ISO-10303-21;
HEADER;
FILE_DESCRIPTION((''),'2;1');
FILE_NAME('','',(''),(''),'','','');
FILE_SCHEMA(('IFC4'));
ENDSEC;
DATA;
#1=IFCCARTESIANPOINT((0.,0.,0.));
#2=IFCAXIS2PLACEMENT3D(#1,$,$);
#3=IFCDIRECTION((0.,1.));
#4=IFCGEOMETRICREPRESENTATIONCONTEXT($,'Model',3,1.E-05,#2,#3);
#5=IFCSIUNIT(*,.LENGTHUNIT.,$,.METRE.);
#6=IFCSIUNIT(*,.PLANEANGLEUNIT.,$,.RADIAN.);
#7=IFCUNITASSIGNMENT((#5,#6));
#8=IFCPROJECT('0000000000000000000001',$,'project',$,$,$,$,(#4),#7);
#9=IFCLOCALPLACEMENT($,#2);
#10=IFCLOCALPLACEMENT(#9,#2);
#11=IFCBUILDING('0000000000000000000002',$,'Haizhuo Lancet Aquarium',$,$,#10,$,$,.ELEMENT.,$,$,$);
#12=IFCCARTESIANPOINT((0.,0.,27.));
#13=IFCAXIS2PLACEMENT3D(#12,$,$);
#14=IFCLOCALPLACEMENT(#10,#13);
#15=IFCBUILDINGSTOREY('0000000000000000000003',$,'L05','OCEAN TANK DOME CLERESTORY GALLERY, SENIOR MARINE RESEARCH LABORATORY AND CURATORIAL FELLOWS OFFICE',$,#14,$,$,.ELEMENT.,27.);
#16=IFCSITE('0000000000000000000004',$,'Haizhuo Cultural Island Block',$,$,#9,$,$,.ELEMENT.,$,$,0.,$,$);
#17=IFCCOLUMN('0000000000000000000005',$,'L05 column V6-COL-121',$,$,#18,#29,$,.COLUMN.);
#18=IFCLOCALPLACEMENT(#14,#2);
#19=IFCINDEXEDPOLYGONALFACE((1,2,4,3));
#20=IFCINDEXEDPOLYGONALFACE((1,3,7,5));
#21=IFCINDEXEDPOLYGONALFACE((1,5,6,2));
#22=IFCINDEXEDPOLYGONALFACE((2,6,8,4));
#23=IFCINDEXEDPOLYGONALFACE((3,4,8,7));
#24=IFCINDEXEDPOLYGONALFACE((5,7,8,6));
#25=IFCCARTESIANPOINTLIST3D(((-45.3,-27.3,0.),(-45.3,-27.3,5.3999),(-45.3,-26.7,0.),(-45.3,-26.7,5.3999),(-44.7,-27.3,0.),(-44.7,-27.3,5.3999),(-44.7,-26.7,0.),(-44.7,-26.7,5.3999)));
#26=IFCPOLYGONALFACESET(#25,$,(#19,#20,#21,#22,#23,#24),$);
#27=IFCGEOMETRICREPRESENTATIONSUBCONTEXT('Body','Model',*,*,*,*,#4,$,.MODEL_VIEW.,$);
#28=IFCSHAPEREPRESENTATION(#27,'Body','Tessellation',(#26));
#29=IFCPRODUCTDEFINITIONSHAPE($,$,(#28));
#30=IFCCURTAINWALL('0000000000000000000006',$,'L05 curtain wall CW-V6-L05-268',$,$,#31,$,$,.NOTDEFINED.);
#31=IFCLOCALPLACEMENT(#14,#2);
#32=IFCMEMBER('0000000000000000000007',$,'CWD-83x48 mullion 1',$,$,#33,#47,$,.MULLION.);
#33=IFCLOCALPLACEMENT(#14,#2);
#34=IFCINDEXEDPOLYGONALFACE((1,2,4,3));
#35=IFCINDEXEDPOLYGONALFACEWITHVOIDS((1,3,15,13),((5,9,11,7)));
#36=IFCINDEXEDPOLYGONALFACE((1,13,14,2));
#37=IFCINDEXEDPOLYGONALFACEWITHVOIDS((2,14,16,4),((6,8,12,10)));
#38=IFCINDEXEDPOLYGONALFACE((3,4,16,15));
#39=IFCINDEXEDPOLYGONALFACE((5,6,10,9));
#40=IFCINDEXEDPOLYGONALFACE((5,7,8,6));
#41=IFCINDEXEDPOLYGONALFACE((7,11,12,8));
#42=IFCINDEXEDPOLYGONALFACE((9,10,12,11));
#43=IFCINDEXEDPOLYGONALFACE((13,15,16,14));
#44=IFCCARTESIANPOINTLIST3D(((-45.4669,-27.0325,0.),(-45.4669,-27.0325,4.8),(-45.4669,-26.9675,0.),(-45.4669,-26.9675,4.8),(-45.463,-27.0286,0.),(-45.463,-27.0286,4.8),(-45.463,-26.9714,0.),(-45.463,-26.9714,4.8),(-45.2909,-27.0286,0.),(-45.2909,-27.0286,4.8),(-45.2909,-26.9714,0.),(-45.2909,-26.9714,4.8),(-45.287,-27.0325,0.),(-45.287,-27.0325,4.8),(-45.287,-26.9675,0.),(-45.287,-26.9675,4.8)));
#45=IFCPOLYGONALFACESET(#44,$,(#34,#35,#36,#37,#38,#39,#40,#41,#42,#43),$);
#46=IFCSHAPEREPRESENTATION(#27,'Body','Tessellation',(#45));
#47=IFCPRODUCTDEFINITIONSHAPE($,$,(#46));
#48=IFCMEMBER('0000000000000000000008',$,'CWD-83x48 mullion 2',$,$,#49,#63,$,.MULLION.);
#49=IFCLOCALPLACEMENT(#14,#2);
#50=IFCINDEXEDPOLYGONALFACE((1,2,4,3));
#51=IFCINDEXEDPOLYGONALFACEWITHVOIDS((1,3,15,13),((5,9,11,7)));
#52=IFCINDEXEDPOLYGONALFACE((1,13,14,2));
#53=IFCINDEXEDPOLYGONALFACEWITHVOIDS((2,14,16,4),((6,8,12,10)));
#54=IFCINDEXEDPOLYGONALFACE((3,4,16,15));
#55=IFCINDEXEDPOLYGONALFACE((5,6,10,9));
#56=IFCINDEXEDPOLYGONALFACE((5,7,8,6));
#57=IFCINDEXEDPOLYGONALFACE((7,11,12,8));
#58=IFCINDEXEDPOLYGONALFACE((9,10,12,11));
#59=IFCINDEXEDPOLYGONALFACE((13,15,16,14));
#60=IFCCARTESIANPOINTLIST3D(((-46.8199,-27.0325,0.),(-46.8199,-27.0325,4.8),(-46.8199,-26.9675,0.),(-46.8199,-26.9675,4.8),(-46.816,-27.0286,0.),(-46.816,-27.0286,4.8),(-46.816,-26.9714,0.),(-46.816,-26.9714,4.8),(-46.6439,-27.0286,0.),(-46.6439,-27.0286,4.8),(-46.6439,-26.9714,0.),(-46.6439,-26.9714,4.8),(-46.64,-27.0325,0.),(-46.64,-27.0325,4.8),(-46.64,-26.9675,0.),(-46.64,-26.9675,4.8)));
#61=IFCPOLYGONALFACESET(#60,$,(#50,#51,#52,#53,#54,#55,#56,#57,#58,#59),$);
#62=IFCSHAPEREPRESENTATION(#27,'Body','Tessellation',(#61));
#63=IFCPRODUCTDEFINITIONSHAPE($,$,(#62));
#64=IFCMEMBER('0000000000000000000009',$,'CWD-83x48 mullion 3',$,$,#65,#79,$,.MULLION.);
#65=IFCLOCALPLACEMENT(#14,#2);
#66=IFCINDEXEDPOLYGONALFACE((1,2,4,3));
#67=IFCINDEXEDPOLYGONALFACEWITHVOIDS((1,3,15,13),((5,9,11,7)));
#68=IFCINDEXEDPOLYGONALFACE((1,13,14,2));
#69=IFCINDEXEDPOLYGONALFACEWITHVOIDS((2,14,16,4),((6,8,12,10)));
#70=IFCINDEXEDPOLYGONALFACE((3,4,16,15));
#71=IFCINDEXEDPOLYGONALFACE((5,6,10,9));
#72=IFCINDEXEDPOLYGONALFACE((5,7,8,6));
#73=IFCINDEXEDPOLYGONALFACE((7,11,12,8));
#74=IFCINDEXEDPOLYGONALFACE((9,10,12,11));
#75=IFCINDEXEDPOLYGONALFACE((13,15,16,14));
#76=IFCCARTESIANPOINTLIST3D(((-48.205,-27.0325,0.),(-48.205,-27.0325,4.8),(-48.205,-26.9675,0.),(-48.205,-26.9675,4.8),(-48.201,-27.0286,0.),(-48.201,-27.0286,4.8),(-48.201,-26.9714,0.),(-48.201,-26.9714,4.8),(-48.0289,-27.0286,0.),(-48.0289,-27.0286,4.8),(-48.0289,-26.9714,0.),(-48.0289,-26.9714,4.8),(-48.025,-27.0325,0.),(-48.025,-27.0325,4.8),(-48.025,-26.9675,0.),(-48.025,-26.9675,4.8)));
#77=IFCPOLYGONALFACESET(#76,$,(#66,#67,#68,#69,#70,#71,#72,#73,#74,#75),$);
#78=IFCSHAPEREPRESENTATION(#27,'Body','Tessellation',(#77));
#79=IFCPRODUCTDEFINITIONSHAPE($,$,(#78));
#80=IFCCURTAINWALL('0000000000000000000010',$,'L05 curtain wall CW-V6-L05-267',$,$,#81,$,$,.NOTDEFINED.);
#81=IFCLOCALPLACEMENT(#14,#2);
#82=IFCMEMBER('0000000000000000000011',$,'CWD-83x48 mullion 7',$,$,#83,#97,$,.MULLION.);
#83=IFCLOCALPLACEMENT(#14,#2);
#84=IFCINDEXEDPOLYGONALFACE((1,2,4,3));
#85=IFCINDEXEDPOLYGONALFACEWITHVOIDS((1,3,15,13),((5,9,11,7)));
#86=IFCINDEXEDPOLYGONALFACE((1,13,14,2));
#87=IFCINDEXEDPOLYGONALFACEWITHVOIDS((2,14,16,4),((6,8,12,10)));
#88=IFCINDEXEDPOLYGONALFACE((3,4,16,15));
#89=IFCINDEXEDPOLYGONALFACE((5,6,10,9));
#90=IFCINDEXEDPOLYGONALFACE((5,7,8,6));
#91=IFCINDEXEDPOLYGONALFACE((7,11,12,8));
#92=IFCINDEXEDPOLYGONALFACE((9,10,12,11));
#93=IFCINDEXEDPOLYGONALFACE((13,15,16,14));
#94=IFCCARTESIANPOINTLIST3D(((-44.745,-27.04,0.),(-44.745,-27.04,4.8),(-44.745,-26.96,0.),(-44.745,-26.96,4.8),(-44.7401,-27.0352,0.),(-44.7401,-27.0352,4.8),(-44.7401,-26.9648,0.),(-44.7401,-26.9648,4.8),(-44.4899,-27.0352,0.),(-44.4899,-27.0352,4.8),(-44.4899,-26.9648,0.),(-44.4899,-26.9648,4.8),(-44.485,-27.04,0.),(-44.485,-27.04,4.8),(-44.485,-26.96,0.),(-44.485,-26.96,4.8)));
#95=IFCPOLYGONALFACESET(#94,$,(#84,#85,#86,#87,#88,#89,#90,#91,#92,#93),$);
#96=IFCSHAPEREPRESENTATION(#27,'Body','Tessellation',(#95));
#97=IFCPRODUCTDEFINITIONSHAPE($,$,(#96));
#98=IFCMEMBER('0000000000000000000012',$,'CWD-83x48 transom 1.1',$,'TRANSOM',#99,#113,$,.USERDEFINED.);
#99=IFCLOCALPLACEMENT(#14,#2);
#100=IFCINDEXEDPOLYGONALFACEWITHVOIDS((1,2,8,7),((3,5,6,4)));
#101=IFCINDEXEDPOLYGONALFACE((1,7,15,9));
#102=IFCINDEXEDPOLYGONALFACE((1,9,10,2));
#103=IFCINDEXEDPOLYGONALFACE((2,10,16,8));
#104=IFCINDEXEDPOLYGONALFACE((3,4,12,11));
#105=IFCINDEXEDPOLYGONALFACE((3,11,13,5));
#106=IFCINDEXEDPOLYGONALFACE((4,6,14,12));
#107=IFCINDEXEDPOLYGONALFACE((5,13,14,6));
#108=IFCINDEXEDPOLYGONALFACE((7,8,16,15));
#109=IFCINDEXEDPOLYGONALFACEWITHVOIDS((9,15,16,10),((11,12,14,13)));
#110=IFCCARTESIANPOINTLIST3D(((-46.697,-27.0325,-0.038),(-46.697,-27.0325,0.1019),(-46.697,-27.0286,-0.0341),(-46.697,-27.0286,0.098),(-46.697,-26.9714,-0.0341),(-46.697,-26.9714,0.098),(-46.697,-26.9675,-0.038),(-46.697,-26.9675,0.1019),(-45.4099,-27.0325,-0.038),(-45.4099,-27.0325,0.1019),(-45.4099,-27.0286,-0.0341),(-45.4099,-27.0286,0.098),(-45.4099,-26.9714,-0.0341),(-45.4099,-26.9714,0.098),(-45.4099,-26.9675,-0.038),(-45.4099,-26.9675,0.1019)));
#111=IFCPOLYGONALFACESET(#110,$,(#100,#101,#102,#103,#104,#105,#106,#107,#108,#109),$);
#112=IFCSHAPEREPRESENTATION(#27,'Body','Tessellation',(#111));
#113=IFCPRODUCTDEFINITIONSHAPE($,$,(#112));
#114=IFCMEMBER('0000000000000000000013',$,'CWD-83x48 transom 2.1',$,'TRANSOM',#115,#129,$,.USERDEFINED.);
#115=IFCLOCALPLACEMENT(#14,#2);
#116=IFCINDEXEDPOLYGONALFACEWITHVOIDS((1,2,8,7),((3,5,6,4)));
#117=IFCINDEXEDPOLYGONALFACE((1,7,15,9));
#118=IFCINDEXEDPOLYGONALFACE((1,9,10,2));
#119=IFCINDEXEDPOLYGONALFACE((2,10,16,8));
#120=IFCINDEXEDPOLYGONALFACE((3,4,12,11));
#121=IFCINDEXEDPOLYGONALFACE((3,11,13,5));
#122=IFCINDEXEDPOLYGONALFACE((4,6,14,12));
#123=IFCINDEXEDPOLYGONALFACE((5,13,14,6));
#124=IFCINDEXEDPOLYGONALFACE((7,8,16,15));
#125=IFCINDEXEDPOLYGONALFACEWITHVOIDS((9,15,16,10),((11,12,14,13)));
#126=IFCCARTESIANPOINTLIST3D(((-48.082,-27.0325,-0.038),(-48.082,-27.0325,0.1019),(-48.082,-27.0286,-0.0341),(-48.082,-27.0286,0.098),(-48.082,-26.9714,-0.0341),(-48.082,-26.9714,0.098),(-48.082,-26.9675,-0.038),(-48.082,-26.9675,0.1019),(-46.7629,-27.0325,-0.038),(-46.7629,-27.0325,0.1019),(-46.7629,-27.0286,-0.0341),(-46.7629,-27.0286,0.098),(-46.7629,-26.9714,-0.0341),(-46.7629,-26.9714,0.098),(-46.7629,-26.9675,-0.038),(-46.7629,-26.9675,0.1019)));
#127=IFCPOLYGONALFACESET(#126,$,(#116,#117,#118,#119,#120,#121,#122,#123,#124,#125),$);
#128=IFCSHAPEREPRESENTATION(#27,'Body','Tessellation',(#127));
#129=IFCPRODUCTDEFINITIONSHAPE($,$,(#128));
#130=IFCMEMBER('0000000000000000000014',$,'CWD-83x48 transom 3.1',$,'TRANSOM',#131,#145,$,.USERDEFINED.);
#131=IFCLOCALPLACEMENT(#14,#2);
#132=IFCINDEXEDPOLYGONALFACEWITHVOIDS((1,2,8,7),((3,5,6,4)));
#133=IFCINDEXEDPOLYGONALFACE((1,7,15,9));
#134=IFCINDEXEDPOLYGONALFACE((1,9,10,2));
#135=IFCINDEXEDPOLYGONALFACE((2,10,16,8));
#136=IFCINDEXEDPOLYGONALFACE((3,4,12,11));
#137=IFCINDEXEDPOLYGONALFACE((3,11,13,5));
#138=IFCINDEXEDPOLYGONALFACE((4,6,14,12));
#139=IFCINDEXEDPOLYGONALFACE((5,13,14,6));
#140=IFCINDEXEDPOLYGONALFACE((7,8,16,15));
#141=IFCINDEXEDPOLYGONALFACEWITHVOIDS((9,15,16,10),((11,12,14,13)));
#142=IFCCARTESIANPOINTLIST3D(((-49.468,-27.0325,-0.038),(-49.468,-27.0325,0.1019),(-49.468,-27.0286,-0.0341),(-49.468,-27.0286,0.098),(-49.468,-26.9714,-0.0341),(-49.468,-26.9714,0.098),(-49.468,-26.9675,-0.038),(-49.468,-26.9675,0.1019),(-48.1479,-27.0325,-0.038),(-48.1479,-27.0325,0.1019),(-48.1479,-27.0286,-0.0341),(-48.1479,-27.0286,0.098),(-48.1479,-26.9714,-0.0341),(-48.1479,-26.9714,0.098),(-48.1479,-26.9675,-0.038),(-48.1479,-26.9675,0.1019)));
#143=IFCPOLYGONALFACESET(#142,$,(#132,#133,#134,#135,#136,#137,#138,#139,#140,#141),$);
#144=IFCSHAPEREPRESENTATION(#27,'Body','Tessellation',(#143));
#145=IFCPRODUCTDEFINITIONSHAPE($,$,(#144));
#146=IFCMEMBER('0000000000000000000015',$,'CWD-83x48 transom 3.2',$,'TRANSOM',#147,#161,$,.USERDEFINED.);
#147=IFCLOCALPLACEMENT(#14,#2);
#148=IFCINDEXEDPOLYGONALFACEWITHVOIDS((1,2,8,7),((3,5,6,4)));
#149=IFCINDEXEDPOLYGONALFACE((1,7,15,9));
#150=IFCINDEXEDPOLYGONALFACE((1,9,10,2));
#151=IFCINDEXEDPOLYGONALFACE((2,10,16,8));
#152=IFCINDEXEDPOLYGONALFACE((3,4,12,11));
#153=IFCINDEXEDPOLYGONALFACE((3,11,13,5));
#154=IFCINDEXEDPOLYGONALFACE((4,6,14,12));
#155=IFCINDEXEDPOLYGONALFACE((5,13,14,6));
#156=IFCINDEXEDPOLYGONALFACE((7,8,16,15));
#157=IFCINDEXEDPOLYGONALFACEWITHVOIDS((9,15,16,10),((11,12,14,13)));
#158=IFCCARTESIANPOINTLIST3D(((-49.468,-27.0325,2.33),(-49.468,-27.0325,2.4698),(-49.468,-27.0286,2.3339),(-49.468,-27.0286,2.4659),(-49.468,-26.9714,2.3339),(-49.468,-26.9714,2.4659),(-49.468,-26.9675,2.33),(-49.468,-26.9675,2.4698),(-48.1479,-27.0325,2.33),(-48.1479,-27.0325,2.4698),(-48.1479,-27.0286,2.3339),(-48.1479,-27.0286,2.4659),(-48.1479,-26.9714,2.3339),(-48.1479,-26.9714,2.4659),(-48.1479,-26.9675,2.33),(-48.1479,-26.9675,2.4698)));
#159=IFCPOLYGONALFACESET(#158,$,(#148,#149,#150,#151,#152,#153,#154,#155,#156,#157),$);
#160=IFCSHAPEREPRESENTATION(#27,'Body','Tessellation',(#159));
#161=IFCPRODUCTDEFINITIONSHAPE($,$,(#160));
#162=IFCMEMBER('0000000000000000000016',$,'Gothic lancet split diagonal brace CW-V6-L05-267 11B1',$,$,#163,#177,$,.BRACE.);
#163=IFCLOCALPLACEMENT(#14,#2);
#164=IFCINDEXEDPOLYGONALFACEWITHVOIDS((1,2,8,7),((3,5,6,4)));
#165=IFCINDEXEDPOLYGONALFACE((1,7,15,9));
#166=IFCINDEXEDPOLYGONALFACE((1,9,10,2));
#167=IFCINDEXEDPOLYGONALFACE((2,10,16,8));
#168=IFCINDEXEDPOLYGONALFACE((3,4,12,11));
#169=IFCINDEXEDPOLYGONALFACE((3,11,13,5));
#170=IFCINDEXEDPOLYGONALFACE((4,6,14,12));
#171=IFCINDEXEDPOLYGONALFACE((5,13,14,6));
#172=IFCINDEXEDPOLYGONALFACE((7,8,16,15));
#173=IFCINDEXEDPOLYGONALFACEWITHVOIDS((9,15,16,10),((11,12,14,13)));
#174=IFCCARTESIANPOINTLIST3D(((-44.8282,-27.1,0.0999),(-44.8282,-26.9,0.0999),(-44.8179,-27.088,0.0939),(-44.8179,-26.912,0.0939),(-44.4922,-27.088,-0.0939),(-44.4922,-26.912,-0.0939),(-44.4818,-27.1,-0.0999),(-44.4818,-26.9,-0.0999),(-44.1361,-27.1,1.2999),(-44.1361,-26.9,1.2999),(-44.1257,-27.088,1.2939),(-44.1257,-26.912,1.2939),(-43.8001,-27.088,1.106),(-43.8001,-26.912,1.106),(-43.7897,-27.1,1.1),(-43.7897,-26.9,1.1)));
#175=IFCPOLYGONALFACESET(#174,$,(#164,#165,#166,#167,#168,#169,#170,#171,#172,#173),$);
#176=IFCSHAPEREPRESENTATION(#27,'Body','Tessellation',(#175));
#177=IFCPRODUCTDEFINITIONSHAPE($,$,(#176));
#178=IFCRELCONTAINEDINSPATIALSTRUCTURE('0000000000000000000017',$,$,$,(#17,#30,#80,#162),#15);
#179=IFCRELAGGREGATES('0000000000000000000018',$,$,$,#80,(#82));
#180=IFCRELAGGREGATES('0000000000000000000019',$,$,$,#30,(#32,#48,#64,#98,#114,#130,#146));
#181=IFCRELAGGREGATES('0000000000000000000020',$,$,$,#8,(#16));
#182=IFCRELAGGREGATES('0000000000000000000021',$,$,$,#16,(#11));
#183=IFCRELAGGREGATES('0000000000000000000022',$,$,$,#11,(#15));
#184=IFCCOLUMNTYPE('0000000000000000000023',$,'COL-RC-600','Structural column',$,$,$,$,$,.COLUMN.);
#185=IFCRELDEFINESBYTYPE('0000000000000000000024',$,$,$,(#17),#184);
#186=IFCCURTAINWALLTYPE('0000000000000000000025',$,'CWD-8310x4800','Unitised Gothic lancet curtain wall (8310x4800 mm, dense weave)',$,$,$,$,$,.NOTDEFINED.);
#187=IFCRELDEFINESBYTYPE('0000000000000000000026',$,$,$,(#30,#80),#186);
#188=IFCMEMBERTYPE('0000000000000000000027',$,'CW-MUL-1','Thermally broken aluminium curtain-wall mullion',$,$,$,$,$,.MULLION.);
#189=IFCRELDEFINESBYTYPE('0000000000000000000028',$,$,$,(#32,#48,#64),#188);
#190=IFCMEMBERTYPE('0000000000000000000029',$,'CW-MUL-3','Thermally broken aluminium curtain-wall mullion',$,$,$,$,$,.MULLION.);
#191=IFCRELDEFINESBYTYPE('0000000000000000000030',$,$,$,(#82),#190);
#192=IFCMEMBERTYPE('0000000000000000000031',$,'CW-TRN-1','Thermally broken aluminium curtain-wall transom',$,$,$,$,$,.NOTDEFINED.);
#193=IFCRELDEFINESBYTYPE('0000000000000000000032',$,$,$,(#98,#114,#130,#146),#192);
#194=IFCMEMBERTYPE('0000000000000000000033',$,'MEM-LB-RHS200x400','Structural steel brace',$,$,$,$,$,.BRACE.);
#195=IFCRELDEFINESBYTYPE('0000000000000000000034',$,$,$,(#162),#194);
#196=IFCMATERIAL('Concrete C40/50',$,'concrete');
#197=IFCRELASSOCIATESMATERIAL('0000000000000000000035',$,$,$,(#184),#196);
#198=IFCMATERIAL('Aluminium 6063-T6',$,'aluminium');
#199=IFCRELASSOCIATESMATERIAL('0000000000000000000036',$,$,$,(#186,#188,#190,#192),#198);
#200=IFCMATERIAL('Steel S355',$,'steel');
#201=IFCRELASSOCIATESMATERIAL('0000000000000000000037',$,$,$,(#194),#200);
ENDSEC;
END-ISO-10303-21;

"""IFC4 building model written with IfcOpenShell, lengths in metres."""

from ifc_helpers import new_model, si_unit, direction, frame, origin, origin_2d, place, context, subcontext, project, spatial, rectangle, hollow_rectangle, extrude, material, material_profile, profile_set, type_object, element, aggregate, save


model = new_model("IFC4")

# Units and contexts
model_context = context("Model", 3, precision=1e-05, world=origin(), true_north=direction((0.0, 1.0)))
body_context = subcontext(model_context, "Body", "Model", "MODEL_VIEW")
ifc_project = project(units=[si_unit("LENGTHUNIT", "METRE"), si_unit("PLANEANGLEUNIT", "RADIAN")], contexts=[model_context])

# Site, building, storey
site_placement = place(None, origin())
site = spatial("IfcSite", under=ifc_project, at=site_placement, Name="Haizhuo Cultural Island Block", CompositionType="ELEMENT", RefElevation=0.0)
building_placement = place(site_placement, origin())
building = spatial("IfcBuilding", under=site, at=building_placement, Name="Haizhuo Lancet Aquarium", CompositionType="ELEMENT")
storey_placement = place(building_placement, frame((0.0, 0.0, 27.0)))
storey = spatial("IfcBuildingStorey", under=building, at=storey_placement, Name="L05", Description="OCEAN TANK DOME CLERESTORY GALLERY, SENIOR MARINE RESEARCH LABORATORY AND CURATORIAL FELLOWS OFFICE", CompositionType="ELEMENT", Elevation=27.0)

# Column
ifc_material_1 = material(Name="Concrete C40/50", Category="concrete")
ifc_material_profile_1 = material_profile(ifc_material_1, rectangle(XDim=0.6001, YDim=0.6001, at=origin_2d()), Name="RC-COL 600x600")
ifc_profile_set_1 = profile_set([ifc_material_profile_1], Name="Concrete C40/50")
column_type = type_object("IfcColumnType", Name="COL-RC-600", Description="Structural column", PredefinedType="COLUMN", material=ifc_profile_set_1)
column_placement = place(storey_placement, frame((-45.0, -27.0, 0.0), z_axis=(0.0, 0.0, 1.0), x_axis=(1.0, 0.0, 0.0)))
element("IfcColumn", 1, at=column_placement, inside=storey, type_object=column_type, Name="L05 column V6-COL-121", PredefinedType="COLUMN", context=body_context, shape_type="SweptSolid", body=[
    extrude(rectangle(XDim=0.6001, YDim=0.6001, at=origin_2d()), origin(), (0.0, 0.0, 1.0), 5.3999),
])

# Curtain wall, members
ifc_material_2 = material(Name="Aluminium 6063-T6", Category="aluminium")
curtain_wall_type = type_object("IfcCurtainWallType", Name="CWD-8310x4800", Description="Unitised Gothic lancet curtain wall (8310x4800 mm, dense weave)", PredefinedType="NOTDEFINED", material=ifc_material_2)
curtain_wall_1_placement = place(storey_placement, origin())
curtain_wall_1 = element("IfcCurtainWall", 2, at=curtain_wall_1_placement, inside=storey, type_object=curtain_wall_type, Name="L05 curtain wall CW-V6-L05-268", PredefinedType="NOTDEFINED")
ifc_material_profile_2 = material_profile(ifc_material_2, hollow_rectangle(XDim=0.0649, YDim=0.1799, WallThickness=0.0039, at=origin_2d()), Name="ALU-M 65x180x4")
ifc_profile_set_2 = profile_set([ifc_material_profile_2], Name="Aluminium 6063-T6")
member_type_1 = type_object("IfcMemberType", Name="CW-MUL-1", Description="Thermally broken aluminium curtain-wall mullion", PredefinedType="MULLION", material=ifc_profile_set_2)
member_1_placement = place(storey_placement, frame((-45.377, -27.0, 0.0), z_axis=(0.0, 0.0, 1.0), x_axis=(0.0, -1.0, 0.0)))
member_1 = element("IfcMember", 3, at=member_1_placement, type_object=member_type_1, Name="CWD-83x48 mullion 1", PredefinedType="MULLION", context=body_context, shape_type="SweptSolid", body=[
    extrude(hollow_rectangle(XDim=0.0649, YDim=0.1799, WallThickness=0.0039, at=origin_2d()), origin(), (0.0, 0.0, 1.0), 4.8),
])
member_2_placement = place(storey_placement, frame((-46.73, -27.0, 0.0), z_axis=(0.0, 0.0, 1.0), x_axis=(0.0, -1.0, 0.0)))
member_2 = element("IfcMember", 4, at=member_2_placement, type_object=member_type_1, Name="CWD-83x48 mullion 2", PredefinedType="MULLION", context=body_context, shape_type="SweptSolid", body=[
    extrude(hollow_rectangle(XDim=0.0649, YDim=0.1799, WallThickness=0.0039, at=origin_2d()), origin(), (0.0, 0.0, 1.0), 4.8),
])
member_3_placement = place(storey_placement, frame((-48.115, -27.0, 0.0), z_axis=(0.0, 0.0, 1.0), x_axis=(0.0, -1.0, 0.0)))
member_3 = element("IfcMember", 5, at=member_3_placement, type_object=member_type_1, Name="CWD-83x48 mullion 3", PredefinedType="MULLION", context=body_context, shape_type="SweptSolid", body=[
    extrude(hollow_rectangle(XDim=0.0649, YDim=0.1799, WallThickness=0.0039, at=origin_2d()), origin(), (0.0, 0.0, 1.0), 4.8),
])

# Curtain wall, member
curtain_wall_2_placement = place(storey_placement, origin())
curtain_wall_2 = element("IfcCurtainWall", 6, at=curtain_wall_2_placement, inside=storey, type_object=curtain_wall_type, Name="L05 curtain wall CW-V6-L05-267", PredefinedType="NOTDEFINED")
ifc_material_profile_3 = material_profile(ifc_material_2, hollow_rectangle(XDim=0.0801, YDim=0.26, WallThickness=0.0049, at=origin_2d()), Name="ALU-M 80x260x5")
ifc_profile_set_3 = profile_set([ifc_material_profile_3], Name="Aluminium 6063-T6")
member_type_2 = type_object("IfcMemberType", Name="CW-MUL-3", Description="Thermally broken aluminium curtain-wall mullion", PredefinedType="MULLION", material=ifc_profile_set_3)
member_4_placement = place(storey_placement, frame((-44.615, -27.0, 0.0), z_axis=(0.0, 0.0, 1.0), x_axis=(0.0, -1.0, 0.0)))
member_4 = element("IfcMember", 7, at=member_4_placement, type_object=member_type_2, Name="CWD-83x48 mullion 7", PredefinedType="MULLION", context=body_context, shape_type="SweptSolid", body=[
    extrude(hollow_rectangle(XDim=0.0801, YDim=0.26, WallThickness=0.0049, at=origin_2d()), origin(), (0.0, 0.0, 1.0), 4.8),
])
aggregate(curtain_wall_2, [member_4])

# Members
ifc_material_profile_4 = material_profile(ifc_material_2, hollow_rectangle(XDim=0.0649, YDim=0.1399, WallThickness=0.0039, at=origin_2d()), Name="ALU-T 65x140x4")
ifc_profile_set_4 = profile_set([ifc_material_profile_4], Name="Aluminium 6063-T6")
member_type_3 = type_object("IfcMemberType", Name="CW-TRN-1", Description="Thermally broken aluminium curtain-wall transom", PredefinedType="NOTDEFINED", material=ifc_profile_set_4)
member_5_placement = place(storey_placement, frame((-45.4099, -27.0, 0.032), z_axis=(-1.0, 0.0, 0.0), x_axis=(0.0, -1.0, 0.0)))
member_5 = element("IfcMember", 8, at=member_5_placement, type_object=member_type_3, Name="CWD-83x48 transom 1.1", ObjectType="TRANSOM", PredefinedType="USERDEFINED", context=body_context, shape_type="SweptSolid", body=[
    extrude(hollow_rectangle(XDim=0.0649, YDim=0.1399, WallThickness=0.0039, at=origin_2d()), origin(), (0.0, 0.0, 1.0), 1.2871),
])
member_6_placement = place(storey_placement, frame((-46.7629, -27.0, 0.032), z_axis=(-1.0, 0.0, 0.0), x_axis=(0.0, -1.0, 0.0)))
member_6 = element("IfcMember", 9, at=member_6_placement, type_object=member_type_3, Name="CWD-83x48 transom 2.1", ObjectType="TRANSOM", PredefinedType="USERDEFINED", context=body_context, shape_type="SweptSolid", body=[
    extrude(hollow_rectangle(XDim=0.0649, YDim=0.1399, WallThickness=0.0039, at=origin_2d()), origin(), (0.0, 0.0, 1.0), 1.3191),
])
member_7_placement = place(storey_placement, frame((-48.1479, -27.0, 0.032), z_axis=(-1.0, 0.0, 0.0), x_axis=(0.0, -1.0, 0.0)))
member_7 = element("IfcMember", 10, at=member_7_placement, type_object=member_type_3, Name="CWD-83x48 transom 3.1", ObjectType="TRANSOM", PredefinedType="USERDEFINED", context=body_context, shape_type="SweptSolid", body=[
    extrude(hollow_rectangle(XDim=0.0649, YDim=0.1399, WallThickness=0.0039, at=origin_2d()), origin(), (0.0, 0.0, 1.0), 1.3201),
])
member_8_placement = place(storey_placement, frame((-48.1479, -27.0, 2.3999), z_axis=(-1.0, 0.0, 0.0), x_axis=(0.0, -1.0, 0.0)))
member_8 = element("IfcMember", 11, at=member_8_placement, type_object=member_type_3, Name="CWD-83x48 transom 3.2", ObjectType="TRANSOM", PredefinedType="USERDEFINED", context=body_context, shape_type="SweptSolid", body=[
    extrude(hollow_rectangle(XDim=0.0649, YDim=0.1399, WallThickness=0.0039, at=origin_2d()), origin(), (0.0, 0.0, 1.0), 1.3201),
])

# Member
ifc_material_3 = material(Name="Steel S355", Category="steel")
ifc_material_profile_5 = material_profile(ifc_material_3, hollow_rectangle(XDim=0.2, YDim=0.3999, WallThickness=0.012, at=origin_2d()), Name="RHS 200x400x12")
ifc_profile_set_5 = profile_set([ifc_material_profile_5], Name="Steel S355")
member_type_4 = type_object("IfcMemberType", Name="MEM-LB-RHS200x400", Description="Structural steel brace", PredefinedType="BRACE", material=ifc_profile_set_5)
member_9_placement = place(storey_placement, frame((-44.655, -27.0, 0.0), z_axis=(0.499646, 0.0, 0.86623), x_axis=(0.0, 1.0, 0.0)))
element("IfcMember", 12, at=member_9_placement, inside=storey, type_object=member_type_4, Name="Gothic lancet split diagonal brace CW-V6-L05-267 11B1", PredefinedType="BRACE", context=body_context, shape_type="SweptSolid", body=[
    extrude(hollow_rectangle(XDim=0.2, YDim=0.3999, WallThickness=0.012, at=origin_2d()), origin(), (0.0, 0.0, 1.0), 1.3853),
])

aggregate(curtain_wall_1, [member_1, member_2, member_3, member_5, member_6, member_7, member_8])

save(model, "model.ifc")
